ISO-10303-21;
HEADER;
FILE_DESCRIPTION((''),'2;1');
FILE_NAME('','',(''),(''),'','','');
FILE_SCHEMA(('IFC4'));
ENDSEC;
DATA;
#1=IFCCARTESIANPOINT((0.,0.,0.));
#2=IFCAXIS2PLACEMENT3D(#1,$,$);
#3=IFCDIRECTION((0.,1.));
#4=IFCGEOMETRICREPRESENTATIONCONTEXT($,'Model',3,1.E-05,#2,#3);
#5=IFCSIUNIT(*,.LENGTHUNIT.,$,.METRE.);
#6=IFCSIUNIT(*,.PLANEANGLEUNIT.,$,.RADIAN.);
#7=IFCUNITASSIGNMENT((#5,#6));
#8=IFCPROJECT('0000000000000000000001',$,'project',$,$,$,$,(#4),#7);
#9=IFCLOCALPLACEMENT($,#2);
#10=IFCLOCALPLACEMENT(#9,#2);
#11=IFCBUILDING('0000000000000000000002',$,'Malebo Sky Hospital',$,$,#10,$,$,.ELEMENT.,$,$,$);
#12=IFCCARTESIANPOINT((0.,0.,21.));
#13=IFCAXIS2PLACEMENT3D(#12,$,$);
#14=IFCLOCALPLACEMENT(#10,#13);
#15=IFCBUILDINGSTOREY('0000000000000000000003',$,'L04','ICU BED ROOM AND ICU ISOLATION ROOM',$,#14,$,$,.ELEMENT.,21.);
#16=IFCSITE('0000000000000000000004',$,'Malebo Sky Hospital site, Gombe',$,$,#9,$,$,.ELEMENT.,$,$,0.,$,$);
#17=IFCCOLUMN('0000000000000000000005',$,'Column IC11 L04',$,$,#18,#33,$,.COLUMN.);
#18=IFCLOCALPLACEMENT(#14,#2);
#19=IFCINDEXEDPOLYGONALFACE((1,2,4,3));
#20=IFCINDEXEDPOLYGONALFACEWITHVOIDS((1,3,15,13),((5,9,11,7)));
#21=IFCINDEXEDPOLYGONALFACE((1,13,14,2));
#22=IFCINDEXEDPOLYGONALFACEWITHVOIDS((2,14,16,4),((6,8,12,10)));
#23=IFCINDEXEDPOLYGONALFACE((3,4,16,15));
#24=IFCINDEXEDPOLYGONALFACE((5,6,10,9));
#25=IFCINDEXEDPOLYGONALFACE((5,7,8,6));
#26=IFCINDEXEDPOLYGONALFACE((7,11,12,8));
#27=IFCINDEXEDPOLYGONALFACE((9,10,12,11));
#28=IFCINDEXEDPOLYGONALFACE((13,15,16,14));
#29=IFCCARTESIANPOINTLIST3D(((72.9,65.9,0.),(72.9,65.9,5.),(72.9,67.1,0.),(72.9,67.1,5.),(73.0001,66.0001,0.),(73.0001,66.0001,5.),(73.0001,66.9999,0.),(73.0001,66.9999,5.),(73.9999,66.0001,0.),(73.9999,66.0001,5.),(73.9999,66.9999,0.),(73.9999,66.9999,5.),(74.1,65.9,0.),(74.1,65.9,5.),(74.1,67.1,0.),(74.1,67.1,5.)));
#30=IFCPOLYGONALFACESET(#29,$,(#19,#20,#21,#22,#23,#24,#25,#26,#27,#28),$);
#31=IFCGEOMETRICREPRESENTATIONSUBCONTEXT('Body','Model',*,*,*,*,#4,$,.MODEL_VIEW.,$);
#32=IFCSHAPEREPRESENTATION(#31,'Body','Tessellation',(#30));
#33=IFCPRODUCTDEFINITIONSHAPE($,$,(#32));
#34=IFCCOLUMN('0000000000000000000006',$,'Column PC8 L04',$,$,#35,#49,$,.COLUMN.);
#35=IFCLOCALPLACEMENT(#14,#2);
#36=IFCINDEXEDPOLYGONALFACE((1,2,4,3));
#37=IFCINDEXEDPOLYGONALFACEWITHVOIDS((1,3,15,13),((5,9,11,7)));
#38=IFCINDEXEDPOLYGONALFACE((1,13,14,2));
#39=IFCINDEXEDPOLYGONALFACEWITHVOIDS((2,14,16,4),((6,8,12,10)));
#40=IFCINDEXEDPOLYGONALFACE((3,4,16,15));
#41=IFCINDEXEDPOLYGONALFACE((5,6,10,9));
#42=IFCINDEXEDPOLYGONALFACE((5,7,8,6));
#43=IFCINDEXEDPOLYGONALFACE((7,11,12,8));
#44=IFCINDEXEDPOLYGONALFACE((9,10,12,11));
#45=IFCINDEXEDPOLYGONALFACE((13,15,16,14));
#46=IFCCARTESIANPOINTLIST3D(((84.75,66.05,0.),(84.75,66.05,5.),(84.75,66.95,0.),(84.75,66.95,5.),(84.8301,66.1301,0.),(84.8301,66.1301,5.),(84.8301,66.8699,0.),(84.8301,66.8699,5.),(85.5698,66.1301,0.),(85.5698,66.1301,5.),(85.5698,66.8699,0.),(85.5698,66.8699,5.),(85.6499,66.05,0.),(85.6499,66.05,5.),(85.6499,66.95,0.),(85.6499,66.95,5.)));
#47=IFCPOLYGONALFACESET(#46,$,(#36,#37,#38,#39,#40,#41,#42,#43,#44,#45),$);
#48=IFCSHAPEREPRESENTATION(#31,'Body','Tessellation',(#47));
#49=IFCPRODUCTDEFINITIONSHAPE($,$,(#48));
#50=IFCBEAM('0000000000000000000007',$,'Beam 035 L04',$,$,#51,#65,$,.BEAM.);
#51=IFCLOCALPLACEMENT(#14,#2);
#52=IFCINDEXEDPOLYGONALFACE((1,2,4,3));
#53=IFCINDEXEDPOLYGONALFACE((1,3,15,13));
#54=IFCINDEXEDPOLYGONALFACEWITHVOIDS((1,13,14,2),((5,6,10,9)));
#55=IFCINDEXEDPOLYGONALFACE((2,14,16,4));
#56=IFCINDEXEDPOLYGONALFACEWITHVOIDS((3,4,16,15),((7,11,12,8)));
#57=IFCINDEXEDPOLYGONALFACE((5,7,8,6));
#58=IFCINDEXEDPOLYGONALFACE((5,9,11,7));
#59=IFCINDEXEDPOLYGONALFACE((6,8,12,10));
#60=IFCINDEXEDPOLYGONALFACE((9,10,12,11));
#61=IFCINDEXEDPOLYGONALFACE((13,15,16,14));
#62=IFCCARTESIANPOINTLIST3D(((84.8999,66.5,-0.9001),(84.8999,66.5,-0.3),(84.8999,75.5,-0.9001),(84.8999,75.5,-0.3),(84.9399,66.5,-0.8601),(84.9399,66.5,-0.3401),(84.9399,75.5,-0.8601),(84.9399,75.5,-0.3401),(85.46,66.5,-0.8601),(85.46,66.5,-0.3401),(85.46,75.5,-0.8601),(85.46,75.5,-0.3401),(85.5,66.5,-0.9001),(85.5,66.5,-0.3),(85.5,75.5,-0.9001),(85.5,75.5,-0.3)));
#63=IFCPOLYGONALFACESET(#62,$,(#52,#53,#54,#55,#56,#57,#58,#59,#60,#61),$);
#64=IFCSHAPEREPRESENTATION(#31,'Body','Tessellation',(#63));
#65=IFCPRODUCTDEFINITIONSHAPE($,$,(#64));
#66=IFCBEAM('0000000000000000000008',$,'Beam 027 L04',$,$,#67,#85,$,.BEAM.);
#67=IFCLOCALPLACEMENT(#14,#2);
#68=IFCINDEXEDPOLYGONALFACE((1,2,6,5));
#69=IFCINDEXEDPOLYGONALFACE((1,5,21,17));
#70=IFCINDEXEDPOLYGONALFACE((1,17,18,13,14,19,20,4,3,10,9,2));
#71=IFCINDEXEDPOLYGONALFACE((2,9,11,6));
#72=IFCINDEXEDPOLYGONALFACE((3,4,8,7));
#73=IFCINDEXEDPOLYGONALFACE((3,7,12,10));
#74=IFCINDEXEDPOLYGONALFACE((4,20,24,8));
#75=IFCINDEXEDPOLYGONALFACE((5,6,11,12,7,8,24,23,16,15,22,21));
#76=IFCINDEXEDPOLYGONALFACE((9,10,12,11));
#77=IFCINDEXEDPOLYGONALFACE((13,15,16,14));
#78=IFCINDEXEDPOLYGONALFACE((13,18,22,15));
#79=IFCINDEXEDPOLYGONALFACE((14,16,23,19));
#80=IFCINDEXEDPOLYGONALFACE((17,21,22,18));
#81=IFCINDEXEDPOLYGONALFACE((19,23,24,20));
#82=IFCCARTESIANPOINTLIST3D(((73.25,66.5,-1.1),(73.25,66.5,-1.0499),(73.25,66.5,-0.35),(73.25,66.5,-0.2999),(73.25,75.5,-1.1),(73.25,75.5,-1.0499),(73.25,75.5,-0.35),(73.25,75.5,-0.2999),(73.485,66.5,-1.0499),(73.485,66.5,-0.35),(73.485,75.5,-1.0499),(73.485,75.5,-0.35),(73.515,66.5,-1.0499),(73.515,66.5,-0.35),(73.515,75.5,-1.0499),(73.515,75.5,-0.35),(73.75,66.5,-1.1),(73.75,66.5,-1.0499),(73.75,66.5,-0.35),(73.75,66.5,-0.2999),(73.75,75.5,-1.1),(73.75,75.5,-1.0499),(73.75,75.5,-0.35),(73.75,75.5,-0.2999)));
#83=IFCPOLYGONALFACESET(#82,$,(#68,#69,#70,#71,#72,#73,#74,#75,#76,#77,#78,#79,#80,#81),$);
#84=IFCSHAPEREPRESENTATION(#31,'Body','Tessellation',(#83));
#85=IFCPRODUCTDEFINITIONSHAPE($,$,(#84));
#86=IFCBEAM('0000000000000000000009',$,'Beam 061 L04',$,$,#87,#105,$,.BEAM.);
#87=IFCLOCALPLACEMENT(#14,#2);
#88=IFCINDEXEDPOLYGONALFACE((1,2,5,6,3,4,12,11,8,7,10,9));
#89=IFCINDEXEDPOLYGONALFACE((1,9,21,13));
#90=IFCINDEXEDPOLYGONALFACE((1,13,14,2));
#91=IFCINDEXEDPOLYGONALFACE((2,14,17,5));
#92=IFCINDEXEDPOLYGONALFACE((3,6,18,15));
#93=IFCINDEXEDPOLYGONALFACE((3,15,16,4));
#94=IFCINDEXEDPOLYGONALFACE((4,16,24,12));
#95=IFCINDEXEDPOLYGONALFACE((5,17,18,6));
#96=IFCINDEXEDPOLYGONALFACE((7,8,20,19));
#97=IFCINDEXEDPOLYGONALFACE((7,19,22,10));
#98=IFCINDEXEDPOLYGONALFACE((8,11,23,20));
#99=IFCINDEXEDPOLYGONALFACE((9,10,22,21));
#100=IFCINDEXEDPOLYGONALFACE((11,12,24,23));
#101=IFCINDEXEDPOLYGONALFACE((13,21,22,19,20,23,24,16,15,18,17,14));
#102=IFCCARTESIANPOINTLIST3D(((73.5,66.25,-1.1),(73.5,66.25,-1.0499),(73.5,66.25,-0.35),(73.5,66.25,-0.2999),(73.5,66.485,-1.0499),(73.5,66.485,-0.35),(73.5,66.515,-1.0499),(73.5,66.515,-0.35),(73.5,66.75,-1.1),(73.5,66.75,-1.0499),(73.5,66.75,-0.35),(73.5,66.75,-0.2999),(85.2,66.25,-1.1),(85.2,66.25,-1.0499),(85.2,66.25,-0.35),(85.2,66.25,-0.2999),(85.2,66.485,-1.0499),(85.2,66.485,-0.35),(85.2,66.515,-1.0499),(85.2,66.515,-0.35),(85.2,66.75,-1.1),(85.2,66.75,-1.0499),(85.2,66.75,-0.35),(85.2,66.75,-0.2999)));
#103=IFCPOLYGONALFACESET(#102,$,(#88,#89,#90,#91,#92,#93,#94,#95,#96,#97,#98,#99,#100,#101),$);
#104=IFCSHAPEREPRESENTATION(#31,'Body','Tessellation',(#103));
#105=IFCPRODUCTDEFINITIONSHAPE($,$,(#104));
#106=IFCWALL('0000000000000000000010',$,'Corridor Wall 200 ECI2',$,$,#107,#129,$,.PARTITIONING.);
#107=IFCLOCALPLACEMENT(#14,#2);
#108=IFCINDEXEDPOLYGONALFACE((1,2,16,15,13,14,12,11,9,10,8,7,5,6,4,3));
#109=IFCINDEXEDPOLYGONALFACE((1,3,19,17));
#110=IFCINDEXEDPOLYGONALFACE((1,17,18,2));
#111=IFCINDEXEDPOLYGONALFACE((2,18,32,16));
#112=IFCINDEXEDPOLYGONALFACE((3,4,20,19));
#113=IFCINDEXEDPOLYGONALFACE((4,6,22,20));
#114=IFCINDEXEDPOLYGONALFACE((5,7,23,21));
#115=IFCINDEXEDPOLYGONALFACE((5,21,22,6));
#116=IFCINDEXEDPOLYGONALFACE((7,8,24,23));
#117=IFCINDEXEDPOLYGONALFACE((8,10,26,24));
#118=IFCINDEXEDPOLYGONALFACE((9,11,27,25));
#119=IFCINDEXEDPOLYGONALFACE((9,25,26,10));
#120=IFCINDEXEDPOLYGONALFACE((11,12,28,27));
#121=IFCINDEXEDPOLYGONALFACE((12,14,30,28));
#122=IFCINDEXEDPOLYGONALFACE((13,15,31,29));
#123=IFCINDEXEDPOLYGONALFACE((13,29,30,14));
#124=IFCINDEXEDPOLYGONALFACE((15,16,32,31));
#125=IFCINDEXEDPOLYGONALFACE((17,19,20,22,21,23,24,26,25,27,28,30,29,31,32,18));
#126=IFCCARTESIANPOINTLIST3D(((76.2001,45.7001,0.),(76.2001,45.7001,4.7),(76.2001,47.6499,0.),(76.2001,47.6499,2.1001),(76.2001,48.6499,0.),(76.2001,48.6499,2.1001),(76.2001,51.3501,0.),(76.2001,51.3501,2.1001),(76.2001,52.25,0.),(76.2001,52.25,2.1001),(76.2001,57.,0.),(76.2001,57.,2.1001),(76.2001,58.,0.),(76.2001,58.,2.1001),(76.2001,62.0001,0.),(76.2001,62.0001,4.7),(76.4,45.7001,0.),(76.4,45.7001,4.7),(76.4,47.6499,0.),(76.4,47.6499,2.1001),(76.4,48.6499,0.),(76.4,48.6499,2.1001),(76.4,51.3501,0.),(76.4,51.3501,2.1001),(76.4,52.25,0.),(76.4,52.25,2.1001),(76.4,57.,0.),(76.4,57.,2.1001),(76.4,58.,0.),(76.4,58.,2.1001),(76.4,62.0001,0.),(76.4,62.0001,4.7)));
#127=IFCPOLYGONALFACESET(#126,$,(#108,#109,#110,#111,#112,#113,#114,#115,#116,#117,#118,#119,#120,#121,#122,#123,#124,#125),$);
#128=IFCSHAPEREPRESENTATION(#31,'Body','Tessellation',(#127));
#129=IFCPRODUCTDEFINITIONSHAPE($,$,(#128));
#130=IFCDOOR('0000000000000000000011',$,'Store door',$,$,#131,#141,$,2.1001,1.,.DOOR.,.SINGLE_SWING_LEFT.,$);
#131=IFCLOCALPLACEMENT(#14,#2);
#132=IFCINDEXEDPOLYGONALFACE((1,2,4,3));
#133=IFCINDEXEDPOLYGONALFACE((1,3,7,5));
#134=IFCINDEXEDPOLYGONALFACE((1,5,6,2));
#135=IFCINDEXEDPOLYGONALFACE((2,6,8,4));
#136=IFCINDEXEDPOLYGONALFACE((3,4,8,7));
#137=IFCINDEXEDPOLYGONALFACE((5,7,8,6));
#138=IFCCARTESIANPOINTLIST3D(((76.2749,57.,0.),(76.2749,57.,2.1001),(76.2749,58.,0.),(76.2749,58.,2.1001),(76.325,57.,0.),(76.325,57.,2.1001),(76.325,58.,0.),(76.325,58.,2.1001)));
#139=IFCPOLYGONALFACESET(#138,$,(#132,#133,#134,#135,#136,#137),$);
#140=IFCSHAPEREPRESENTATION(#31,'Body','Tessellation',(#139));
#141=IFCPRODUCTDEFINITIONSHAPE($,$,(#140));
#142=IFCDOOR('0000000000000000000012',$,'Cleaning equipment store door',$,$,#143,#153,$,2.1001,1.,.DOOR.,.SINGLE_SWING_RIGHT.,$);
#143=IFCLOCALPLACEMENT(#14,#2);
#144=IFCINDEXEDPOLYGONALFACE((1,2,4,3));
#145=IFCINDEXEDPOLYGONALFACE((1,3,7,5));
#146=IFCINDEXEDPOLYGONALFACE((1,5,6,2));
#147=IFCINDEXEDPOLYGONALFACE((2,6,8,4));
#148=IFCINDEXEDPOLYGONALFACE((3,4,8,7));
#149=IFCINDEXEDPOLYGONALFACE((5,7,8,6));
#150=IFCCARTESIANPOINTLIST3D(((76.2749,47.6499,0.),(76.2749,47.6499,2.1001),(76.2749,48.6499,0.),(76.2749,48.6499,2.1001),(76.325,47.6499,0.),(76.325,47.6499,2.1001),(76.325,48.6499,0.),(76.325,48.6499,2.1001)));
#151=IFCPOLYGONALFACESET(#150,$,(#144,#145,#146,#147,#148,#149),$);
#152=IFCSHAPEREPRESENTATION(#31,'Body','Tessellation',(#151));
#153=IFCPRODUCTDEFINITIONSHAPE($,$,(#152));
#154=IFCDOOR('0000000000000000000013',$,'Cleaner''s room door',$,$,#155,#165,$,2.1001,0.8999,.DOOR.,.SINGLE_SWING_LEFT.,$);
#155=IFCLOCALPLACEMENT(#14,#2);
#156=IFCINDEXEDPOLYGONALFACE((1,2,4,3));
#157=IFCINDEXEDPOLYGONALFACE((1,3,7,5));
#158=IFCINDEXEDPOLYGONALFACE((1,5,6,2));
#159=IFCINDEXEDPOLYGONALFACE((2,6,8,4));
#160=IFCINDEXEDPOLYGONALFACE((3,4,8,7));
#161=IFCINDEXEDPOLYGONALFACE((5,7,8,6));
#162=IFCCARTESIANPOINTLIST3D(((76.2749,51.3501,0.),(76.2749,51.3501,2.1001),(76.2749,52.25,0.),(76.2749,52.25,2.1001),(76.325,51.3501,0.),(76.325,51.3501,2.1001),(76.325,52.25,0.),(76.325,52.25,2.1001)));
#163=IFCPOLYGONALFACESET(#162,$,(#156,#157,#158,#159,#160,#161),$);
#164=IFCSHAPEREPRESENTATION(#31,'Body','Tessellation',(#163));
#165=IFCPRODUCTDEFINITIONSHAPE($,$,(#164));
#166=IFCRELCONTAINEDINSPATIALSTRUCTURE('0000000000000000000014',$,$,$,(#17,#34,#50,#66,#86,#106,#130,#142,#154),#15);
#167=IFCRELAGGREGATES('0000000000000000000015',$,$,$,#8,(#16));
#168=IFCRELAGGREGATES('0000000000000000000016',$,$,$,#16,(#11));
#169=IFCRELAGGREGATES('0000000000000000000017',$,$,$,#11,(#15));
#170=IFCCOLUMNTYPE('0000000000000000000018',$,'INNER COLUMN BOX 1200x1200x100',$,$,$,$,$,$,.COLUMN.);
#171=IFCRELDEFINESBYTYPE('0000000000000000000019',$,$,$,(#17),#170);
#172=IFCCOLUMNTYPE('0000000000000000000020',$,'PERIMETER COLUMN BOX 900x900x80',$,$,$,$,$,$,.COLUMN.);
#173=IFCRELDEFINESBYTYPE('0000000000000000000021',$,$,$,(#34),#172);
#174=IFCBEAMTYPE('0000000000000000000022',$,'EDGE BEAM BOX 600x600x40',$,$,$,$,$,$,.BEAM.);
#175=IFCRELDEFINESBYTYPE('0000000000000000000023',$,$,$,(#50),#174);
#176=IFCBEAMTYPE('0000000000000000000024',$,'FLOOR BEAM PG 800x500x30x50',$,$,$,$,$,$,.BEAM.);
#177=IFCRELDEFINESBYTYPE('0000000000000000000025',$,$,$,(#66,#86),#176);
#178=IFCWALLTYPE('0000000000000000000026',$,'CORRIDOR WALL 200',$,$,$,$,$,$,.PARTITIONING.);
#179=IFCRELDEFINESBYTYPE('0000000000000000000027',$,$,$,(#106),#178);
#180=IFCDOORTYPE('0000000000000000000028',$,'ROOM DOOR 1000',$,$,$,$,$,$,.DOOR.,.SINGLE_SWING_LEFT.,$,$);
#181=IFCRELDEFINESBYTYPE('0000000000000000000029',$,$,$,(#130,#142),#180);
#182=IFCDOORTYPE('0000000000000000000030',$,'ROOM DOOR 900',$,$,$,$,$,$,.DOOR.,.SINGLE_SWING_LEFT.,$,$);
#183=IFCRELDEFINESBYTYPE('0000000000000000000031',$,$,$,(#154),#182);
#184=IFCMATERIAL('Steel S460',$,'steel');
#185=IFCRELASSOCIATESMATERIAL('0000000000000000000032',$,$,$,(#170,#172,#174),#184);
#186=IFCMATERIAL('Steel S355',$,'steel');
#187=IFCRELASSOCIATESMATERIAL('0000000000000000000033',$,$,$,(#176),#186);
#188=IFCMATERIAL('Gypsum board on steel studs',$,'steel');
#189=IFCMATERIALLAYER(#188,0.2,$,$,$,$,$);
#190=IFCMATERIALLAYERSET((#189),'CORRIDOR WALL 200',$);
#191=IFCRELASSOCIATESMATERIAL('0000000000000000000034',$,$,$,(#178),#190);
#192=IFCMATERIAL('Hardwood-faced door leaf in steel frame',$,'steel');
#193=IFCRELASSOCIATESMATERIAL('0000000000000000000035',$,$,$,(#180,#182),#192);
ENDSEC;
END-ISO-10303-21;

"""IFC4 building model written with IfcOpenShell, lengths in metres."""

from ifc_helpers import new_model, si_unit, direction, frame, frame_2d, origin, origin_2d, place, context, subcontext, project, spatial, rectangle, hollow_rectangle, i_section, extrude, material, layer, layer_set, material_profile, profile_set, type_object, element, fill, save


model = new_model("IFC4")

# Units and contexts
model_context = context("Model", 3, precision=1e-05, world=origin(), true_north=direction((0.0, 1.0)))
body_context = subcontext(model_context, "Body", "Model", "MODEL_VIEW")
ifc_project = project(units=[si_unit("LENGTHUNIT", "METRE"), si_unit("PLANEANGLEUNIT", "RADIAN")], contexts=[model_context])

# Site, building, storey
site_placement = place(None, origin())
site = spatial("IfcSite", under=ifc_project, at=site_placement, Name="Malebo Sky Hospital site, Gombe", CompositionType="ELEMENT", RefElevation=0.0)
building_placement = place(site_placement, origin())
building = spatial("IfcBuilding", under=site, at=building_placement, Name="Malebo Sky Hospital", CompositionType="ELEMENT")
storey_placement = place(building_placement, frame((0.0, 0.0, 21.0)))
storey = spatial("IfcBuildingStorey", under=building, at=storey_placement, Name="L04", Description="ICU BED ROOM AND ICU ISOLATION ROOM", CompositionType="ELEMENT", Elevation=21.0)

# Columns
ifc_material_1 = material(Name="Steel S460", Category="steel")
ifc_material_profile_1 = material_profile(ifc_material_1, hollow_rectangle(XDim=1.2, YDim=1.2, WallThickness=0.1001, at=origin_2d()), Name="BOX 1200x1200x100")
ifc_profile_set_1 = profile_set([ifc_material_profile_1], Name="Steel S460")
column_type_1 = type_object("IfcColumnType", Name="INNER COLUMN BOX 1200x1200x100", PredefinedType="COLUMN", material=ifc_profile_set_1)
column_1_placement = place(storey_placement, frame((73.5, 66.5, 0.0), z_axis=(0.0, 0.0, 1.0), x_axis=(1.0, 0.0, 0.0)))
element("IfcColumn", 1, at=column_1_placement, inside=storey, type_object=column_type_1, Name="Column IC11 L04", PredefinedType="COLUMN", context=body_context, shape_type="SweptSolid", body=[
    extrude(hollow_rectangle(XDim=1.2, YDim=1.2, WallThickness=0.1001, at=origin_2d()), origin(), (0.0, 0.0, 1.0), 5.0),
])
ifc_material_profile_2 = material_profile(ifc_material_1, hollow_rectangle(XDim=0.8999, YDim=0.8999, WallThickness=0.0801, at=origin_2d()), Name="BOX 900x900x80")
ifc_profile_set_2 = profile_set([ifc_material_profile_2], Name="Steel S460")
column_type_2 = type_object("IfcColumnType", Name="PERIMETER COLUMN BOX 900x900x80", PredefinedType="COLUMN", material=ifc_profile_set_2)
column_2_placement = place(storey_placement, frame((85.2, 66.5, 0.0), z_axis=(0.0, 0.0, 1.0), x_axis=(1.0, 0.0, 0.0)))
element("IfcColumn", 2, at=column_2_placement, inside=storey, type_object=column_type_2, Name="Column PC8 L04", PredefinedType="COLUMN", context=body_context, shape_type="SweptSolid", body=[
    extrude(hollow_rectangle(XDim=0.8999, YDim=0.8999, WallThickness=0.0801, at=origin_2d()), origin(), (0.0, 0.0, 1.0), 5.0),
])

# Beams
ifc_material_profile_3 = material_profile(ifc_material_1, hollow_rectangle(XDim=0.6001, YDim=0.6001, WallThickness=0.04, at=origin_2d()), Name="BOX 600x600x40")
ifc_profile_set_3 = profile_set([ifc_material_profile_3], Name="Steel S460")
beam_type_1 = type_object("IfcBeamType", Name="EDGE BEAM BOX 600x600x40", PredefinedType="BEAM", material=ifc_profile_set_3)
beam_1_placement = place(storey_placement, frame((85.2, 66.5, -0.6001), z_axis=(0.0, 1.0, 0.0), x_axis=(-1.0, 0.0, 0.0)))
element("IfcBeam", 3, at=beam_1_placement, inside=storey, type_object=beam_type_1, Name="Beam 035 L04", PredefinedType="BEAM", context=body_context, shape_type="SweptSolid", body=[
    extrude(hollow_rectangle(XDim=0.6001, YDim=0.6001, WallThickness=0.04, at=origin_2d()), origin(), (0.0, 0.0, 1.0), 9.0),
])
ifc_material_2 = material(Name="Steel S355", Category="steel")
ifc_material_profile_4 = material_profile(ifc_material_2, i_section(OverallWidth=0.5, OverallDepth=0.8, WebThickness=0.03, FlangeThickness=0.05, at=origin_2d()), Name="PG 800x500x30x50")
ifc_profile_set_4 = profile_set([ifc_material_profile_4], Name="Steel S355")
beam_type_2 = type_object("IfcBeamType", Name="FLOOR BEAM PG 800x500x30x50", PredefinedType="BEAM", material=ifc_profile_set_4)
beam_2_placement = place(storey_placement, frame((73.5, 66.5, -0.7), z_axis=(0.0, 1.0, 0.0), x_axis=(-1.0, 0.0, 0.0)))
element("IfcBeam", 4, at=beam_2_placement, inside=storey, type_object=beam_type_2, Name="Beam 027 L04", PredefinedType="BEAM", context=body_context, shape_type="SweptSolid", body=[
    extrude(i_section(OverallWidth=0.5, OverallDepth=0.8, WebThickness=0.03, FlangeThickness=0.05, at=origin_2d()), origin(), (0.0, 0.0, 1.0), 9.0),
])
beam_3_placement = place(storey_placement, frame((73.5, 66.5, -0.7), z_axis=(1.0, 0.0, 0.0), x_axis=(0.0, 1.0, 0.0)))
element("IfcBeam", 5, at=beam_3_placement, inside=storey, type_object=beam_type_2, Name="Beam 061 L04", PredefinedType="BEAM", context=body_context, shape_type="SweptSolid", body=[
    extrude(i_section(OverallWidth=0.5, OverallDepth=0.8, WebThickness=0.03, FlangeThickness=0.05, at=origin_2d()), origin(), (0.0, 0.0, 1.0), 11.7),
])

# Wall, openings, doors
ifc_material_3 = material(Name="Gypsum board on steel studs", Category="steel")
ifc_layer_1 = layer(ifc_material_3, 0.2)
ifc_layer_set_1 = layer_set([ifc_layer_1], Name="CORRIDOR WALL 200")
wall_type_1 = type_object("IfcWallType", Name="CORRIDOR WALL 200", PredefinedType="PARTITIONING", material=ifc_layer_set_1)
wall_1_placement = place(storey_placement, frame((76.3, 62.0, 0.0), z_axis=(0.0, 0.0, 1.0), x_axis=(0.0, -1.0, 0.0)))
wall_1 = element("IfcWall", 6, at=wall_1_placement, inside=storey, type_object=wall_type_1, Name="Corridor Wall 200 ECI2", PredefinedType="PARTITIONING", context=body_context, shape_type="SweptSolid", body=[
    extrude(rectangle(XDim=16.3, YDim=0.2, at=frame_2d((8.1499, 0.0))), origin(), (0.0, 0.0, 1.0), 4.7),
])
opening_1_placement = place(wall_1_placement, frame((4.0, 0.0, 0.0)))
opening_1 = element("IfcOpeningElement", 7, at=opening_1_placement, cuts=wall_1, PredefinedType="OPENING", context=body_context, shape_type="SweptSolid", body=[
    extrude(rectangle(XDim=1.0, YDim=2.1001, at=frame_2d((0.5, 1.05))), frame((0.0, 0.1099, 0.0), z_axis=(0.0, -1.0, 0.0), x_axis=(1.0, 0.0, 0.0)), (0.0, 0.0, 1.0), 0.22),
])
opening_2_placement = place(wall_1_placement, frame((9.75, 0.0, 0.0)))
opening_2 = element("IfcOpeningElement", 8, at=opening_2_placement, cuts=wall_1, PredefinedType="OPENING", context=body_context, shape_type="SweptSolid", body=[
    extrude(rectangle(XDim=0.8999, YDim=2.1001, at=frame_2d((0.45, 1.05))), frame((0.0, 0.1099, 0.0), z_axis=(0.0, -1.0, 0.0), x_axis=(1.0, 0.0, 0.0)), (0.0, 0.0, 1.0), 0.22),
])
opening_3_placement = place(wall_1_placement, frame((13.3501, 0.0, 0.0)))
opening_3 = element("IfcOpeningElement", 9, at=opening_3_placement, cuts=wall_1, PredefinedType="OPENING", context=body_context, shape_type="SweptSolid", body=[
    extrude(rectangle(XDim=1.0, YDim=2.1001, at=frame_2d((0.5, 1.05))), frame((0.0, 0.1099, 0.0), z_axis=(0.0, -1.0, 0.0), x_axis=(1.0, 0.0, 0.0)), (0.0, 0.0, 1.0), 0.22),
])
ifc_material_4 = material(Name="Hardwood-faced door leaf in steel frame", Category="steel")
door_type_1 = type_object("IfcDoorType", Name="ROOM DOOR 1000", OperationType="SINGLE_SWING_LEFT", PredefinedType="DOOR", material=ifc_material_4)
door_1_placement = place(opening_1_placement, origin())
door_1 = element("IfcDoor", 10, at=door_1_placement, inside=storey, type_object=door_type_1, Name="Store door", OperationType="SINGLE_SWING_LEFT", OverallHeight=2.1001, OverallWidth=1.0, PredefinedType="DOOR", context=body_context, shape_type="SweptSolid", body=[
    extrude(rectangle(XDim=1.0, YDim=2.1001, at=frame_2d((0.5, 1.05))), frame((0.0, 0.0249, 0.0), z_axis=(0.0, -1.0, 0.0), x_axis=(1.0, 0.0, 0.0)), (0.0, 0.0, 1.0), 0.05),
])
fill(opening_1, door_1)
door_2_placement = place(opening_3_placement, origin())
door_2 = element("IfcDoor", 11, at=door_2_placement, inside=storey, type_object=door_type_1, Name="Cleaning equipment store door", OperationType="SINGLE_SWING_RIGHT", OverallHeight=2.1001, OverallWidth=1.0, PredefinedType="DOOR", context=body_context, shape_type="SweptSolid", body=[
    extrude(rectangle(XDim=1.0, YDim=2.1001, at=frame_2d((0.5, 1.05))), frame((0.0, 0.0249, 0.0), z_axis=(0.0, -1.0, 0.0), x_axis=(1.0, 0.0, 0.0)), (0.0, 0.0, 1.0), 0.05),
])
fill(opening_3, door_2)
door_type_2 = type_object("IfcDoorType", Name="ROOM DOOR 900", OperationType="SINGLE_SWING_LEFT", PredefinedType="DOOR", material=ifc_material_4)
door_3_placement = place(opening_2_placement, origin())
door_3 = element("IfcDoor", 12, at=door_3_placement, inside=storey, type_object=door_type_2, Name="Cleaner's room door", OperationType="SINGLE_SWING_LEFT", OverallHeight=2.1001, OverallWidth=0.8999, PredefinedType="DOOR", context=body_context, shape_type="SweptSolid", body=[
    extrude(rectangle(XDim=0.8999, YDim=2.1001, at=frame_2d((0.45, 1.05))), frame((0.0, 0.0249, 0.0), z_axis=(0.0, -1.0, 0.0), x_axis=(1.0, 0.0, 0.0)), (0.0, 0.0, 1.0), 0.05),
])
fill(opening_2, door_3)

save(model, "model.ifc")
